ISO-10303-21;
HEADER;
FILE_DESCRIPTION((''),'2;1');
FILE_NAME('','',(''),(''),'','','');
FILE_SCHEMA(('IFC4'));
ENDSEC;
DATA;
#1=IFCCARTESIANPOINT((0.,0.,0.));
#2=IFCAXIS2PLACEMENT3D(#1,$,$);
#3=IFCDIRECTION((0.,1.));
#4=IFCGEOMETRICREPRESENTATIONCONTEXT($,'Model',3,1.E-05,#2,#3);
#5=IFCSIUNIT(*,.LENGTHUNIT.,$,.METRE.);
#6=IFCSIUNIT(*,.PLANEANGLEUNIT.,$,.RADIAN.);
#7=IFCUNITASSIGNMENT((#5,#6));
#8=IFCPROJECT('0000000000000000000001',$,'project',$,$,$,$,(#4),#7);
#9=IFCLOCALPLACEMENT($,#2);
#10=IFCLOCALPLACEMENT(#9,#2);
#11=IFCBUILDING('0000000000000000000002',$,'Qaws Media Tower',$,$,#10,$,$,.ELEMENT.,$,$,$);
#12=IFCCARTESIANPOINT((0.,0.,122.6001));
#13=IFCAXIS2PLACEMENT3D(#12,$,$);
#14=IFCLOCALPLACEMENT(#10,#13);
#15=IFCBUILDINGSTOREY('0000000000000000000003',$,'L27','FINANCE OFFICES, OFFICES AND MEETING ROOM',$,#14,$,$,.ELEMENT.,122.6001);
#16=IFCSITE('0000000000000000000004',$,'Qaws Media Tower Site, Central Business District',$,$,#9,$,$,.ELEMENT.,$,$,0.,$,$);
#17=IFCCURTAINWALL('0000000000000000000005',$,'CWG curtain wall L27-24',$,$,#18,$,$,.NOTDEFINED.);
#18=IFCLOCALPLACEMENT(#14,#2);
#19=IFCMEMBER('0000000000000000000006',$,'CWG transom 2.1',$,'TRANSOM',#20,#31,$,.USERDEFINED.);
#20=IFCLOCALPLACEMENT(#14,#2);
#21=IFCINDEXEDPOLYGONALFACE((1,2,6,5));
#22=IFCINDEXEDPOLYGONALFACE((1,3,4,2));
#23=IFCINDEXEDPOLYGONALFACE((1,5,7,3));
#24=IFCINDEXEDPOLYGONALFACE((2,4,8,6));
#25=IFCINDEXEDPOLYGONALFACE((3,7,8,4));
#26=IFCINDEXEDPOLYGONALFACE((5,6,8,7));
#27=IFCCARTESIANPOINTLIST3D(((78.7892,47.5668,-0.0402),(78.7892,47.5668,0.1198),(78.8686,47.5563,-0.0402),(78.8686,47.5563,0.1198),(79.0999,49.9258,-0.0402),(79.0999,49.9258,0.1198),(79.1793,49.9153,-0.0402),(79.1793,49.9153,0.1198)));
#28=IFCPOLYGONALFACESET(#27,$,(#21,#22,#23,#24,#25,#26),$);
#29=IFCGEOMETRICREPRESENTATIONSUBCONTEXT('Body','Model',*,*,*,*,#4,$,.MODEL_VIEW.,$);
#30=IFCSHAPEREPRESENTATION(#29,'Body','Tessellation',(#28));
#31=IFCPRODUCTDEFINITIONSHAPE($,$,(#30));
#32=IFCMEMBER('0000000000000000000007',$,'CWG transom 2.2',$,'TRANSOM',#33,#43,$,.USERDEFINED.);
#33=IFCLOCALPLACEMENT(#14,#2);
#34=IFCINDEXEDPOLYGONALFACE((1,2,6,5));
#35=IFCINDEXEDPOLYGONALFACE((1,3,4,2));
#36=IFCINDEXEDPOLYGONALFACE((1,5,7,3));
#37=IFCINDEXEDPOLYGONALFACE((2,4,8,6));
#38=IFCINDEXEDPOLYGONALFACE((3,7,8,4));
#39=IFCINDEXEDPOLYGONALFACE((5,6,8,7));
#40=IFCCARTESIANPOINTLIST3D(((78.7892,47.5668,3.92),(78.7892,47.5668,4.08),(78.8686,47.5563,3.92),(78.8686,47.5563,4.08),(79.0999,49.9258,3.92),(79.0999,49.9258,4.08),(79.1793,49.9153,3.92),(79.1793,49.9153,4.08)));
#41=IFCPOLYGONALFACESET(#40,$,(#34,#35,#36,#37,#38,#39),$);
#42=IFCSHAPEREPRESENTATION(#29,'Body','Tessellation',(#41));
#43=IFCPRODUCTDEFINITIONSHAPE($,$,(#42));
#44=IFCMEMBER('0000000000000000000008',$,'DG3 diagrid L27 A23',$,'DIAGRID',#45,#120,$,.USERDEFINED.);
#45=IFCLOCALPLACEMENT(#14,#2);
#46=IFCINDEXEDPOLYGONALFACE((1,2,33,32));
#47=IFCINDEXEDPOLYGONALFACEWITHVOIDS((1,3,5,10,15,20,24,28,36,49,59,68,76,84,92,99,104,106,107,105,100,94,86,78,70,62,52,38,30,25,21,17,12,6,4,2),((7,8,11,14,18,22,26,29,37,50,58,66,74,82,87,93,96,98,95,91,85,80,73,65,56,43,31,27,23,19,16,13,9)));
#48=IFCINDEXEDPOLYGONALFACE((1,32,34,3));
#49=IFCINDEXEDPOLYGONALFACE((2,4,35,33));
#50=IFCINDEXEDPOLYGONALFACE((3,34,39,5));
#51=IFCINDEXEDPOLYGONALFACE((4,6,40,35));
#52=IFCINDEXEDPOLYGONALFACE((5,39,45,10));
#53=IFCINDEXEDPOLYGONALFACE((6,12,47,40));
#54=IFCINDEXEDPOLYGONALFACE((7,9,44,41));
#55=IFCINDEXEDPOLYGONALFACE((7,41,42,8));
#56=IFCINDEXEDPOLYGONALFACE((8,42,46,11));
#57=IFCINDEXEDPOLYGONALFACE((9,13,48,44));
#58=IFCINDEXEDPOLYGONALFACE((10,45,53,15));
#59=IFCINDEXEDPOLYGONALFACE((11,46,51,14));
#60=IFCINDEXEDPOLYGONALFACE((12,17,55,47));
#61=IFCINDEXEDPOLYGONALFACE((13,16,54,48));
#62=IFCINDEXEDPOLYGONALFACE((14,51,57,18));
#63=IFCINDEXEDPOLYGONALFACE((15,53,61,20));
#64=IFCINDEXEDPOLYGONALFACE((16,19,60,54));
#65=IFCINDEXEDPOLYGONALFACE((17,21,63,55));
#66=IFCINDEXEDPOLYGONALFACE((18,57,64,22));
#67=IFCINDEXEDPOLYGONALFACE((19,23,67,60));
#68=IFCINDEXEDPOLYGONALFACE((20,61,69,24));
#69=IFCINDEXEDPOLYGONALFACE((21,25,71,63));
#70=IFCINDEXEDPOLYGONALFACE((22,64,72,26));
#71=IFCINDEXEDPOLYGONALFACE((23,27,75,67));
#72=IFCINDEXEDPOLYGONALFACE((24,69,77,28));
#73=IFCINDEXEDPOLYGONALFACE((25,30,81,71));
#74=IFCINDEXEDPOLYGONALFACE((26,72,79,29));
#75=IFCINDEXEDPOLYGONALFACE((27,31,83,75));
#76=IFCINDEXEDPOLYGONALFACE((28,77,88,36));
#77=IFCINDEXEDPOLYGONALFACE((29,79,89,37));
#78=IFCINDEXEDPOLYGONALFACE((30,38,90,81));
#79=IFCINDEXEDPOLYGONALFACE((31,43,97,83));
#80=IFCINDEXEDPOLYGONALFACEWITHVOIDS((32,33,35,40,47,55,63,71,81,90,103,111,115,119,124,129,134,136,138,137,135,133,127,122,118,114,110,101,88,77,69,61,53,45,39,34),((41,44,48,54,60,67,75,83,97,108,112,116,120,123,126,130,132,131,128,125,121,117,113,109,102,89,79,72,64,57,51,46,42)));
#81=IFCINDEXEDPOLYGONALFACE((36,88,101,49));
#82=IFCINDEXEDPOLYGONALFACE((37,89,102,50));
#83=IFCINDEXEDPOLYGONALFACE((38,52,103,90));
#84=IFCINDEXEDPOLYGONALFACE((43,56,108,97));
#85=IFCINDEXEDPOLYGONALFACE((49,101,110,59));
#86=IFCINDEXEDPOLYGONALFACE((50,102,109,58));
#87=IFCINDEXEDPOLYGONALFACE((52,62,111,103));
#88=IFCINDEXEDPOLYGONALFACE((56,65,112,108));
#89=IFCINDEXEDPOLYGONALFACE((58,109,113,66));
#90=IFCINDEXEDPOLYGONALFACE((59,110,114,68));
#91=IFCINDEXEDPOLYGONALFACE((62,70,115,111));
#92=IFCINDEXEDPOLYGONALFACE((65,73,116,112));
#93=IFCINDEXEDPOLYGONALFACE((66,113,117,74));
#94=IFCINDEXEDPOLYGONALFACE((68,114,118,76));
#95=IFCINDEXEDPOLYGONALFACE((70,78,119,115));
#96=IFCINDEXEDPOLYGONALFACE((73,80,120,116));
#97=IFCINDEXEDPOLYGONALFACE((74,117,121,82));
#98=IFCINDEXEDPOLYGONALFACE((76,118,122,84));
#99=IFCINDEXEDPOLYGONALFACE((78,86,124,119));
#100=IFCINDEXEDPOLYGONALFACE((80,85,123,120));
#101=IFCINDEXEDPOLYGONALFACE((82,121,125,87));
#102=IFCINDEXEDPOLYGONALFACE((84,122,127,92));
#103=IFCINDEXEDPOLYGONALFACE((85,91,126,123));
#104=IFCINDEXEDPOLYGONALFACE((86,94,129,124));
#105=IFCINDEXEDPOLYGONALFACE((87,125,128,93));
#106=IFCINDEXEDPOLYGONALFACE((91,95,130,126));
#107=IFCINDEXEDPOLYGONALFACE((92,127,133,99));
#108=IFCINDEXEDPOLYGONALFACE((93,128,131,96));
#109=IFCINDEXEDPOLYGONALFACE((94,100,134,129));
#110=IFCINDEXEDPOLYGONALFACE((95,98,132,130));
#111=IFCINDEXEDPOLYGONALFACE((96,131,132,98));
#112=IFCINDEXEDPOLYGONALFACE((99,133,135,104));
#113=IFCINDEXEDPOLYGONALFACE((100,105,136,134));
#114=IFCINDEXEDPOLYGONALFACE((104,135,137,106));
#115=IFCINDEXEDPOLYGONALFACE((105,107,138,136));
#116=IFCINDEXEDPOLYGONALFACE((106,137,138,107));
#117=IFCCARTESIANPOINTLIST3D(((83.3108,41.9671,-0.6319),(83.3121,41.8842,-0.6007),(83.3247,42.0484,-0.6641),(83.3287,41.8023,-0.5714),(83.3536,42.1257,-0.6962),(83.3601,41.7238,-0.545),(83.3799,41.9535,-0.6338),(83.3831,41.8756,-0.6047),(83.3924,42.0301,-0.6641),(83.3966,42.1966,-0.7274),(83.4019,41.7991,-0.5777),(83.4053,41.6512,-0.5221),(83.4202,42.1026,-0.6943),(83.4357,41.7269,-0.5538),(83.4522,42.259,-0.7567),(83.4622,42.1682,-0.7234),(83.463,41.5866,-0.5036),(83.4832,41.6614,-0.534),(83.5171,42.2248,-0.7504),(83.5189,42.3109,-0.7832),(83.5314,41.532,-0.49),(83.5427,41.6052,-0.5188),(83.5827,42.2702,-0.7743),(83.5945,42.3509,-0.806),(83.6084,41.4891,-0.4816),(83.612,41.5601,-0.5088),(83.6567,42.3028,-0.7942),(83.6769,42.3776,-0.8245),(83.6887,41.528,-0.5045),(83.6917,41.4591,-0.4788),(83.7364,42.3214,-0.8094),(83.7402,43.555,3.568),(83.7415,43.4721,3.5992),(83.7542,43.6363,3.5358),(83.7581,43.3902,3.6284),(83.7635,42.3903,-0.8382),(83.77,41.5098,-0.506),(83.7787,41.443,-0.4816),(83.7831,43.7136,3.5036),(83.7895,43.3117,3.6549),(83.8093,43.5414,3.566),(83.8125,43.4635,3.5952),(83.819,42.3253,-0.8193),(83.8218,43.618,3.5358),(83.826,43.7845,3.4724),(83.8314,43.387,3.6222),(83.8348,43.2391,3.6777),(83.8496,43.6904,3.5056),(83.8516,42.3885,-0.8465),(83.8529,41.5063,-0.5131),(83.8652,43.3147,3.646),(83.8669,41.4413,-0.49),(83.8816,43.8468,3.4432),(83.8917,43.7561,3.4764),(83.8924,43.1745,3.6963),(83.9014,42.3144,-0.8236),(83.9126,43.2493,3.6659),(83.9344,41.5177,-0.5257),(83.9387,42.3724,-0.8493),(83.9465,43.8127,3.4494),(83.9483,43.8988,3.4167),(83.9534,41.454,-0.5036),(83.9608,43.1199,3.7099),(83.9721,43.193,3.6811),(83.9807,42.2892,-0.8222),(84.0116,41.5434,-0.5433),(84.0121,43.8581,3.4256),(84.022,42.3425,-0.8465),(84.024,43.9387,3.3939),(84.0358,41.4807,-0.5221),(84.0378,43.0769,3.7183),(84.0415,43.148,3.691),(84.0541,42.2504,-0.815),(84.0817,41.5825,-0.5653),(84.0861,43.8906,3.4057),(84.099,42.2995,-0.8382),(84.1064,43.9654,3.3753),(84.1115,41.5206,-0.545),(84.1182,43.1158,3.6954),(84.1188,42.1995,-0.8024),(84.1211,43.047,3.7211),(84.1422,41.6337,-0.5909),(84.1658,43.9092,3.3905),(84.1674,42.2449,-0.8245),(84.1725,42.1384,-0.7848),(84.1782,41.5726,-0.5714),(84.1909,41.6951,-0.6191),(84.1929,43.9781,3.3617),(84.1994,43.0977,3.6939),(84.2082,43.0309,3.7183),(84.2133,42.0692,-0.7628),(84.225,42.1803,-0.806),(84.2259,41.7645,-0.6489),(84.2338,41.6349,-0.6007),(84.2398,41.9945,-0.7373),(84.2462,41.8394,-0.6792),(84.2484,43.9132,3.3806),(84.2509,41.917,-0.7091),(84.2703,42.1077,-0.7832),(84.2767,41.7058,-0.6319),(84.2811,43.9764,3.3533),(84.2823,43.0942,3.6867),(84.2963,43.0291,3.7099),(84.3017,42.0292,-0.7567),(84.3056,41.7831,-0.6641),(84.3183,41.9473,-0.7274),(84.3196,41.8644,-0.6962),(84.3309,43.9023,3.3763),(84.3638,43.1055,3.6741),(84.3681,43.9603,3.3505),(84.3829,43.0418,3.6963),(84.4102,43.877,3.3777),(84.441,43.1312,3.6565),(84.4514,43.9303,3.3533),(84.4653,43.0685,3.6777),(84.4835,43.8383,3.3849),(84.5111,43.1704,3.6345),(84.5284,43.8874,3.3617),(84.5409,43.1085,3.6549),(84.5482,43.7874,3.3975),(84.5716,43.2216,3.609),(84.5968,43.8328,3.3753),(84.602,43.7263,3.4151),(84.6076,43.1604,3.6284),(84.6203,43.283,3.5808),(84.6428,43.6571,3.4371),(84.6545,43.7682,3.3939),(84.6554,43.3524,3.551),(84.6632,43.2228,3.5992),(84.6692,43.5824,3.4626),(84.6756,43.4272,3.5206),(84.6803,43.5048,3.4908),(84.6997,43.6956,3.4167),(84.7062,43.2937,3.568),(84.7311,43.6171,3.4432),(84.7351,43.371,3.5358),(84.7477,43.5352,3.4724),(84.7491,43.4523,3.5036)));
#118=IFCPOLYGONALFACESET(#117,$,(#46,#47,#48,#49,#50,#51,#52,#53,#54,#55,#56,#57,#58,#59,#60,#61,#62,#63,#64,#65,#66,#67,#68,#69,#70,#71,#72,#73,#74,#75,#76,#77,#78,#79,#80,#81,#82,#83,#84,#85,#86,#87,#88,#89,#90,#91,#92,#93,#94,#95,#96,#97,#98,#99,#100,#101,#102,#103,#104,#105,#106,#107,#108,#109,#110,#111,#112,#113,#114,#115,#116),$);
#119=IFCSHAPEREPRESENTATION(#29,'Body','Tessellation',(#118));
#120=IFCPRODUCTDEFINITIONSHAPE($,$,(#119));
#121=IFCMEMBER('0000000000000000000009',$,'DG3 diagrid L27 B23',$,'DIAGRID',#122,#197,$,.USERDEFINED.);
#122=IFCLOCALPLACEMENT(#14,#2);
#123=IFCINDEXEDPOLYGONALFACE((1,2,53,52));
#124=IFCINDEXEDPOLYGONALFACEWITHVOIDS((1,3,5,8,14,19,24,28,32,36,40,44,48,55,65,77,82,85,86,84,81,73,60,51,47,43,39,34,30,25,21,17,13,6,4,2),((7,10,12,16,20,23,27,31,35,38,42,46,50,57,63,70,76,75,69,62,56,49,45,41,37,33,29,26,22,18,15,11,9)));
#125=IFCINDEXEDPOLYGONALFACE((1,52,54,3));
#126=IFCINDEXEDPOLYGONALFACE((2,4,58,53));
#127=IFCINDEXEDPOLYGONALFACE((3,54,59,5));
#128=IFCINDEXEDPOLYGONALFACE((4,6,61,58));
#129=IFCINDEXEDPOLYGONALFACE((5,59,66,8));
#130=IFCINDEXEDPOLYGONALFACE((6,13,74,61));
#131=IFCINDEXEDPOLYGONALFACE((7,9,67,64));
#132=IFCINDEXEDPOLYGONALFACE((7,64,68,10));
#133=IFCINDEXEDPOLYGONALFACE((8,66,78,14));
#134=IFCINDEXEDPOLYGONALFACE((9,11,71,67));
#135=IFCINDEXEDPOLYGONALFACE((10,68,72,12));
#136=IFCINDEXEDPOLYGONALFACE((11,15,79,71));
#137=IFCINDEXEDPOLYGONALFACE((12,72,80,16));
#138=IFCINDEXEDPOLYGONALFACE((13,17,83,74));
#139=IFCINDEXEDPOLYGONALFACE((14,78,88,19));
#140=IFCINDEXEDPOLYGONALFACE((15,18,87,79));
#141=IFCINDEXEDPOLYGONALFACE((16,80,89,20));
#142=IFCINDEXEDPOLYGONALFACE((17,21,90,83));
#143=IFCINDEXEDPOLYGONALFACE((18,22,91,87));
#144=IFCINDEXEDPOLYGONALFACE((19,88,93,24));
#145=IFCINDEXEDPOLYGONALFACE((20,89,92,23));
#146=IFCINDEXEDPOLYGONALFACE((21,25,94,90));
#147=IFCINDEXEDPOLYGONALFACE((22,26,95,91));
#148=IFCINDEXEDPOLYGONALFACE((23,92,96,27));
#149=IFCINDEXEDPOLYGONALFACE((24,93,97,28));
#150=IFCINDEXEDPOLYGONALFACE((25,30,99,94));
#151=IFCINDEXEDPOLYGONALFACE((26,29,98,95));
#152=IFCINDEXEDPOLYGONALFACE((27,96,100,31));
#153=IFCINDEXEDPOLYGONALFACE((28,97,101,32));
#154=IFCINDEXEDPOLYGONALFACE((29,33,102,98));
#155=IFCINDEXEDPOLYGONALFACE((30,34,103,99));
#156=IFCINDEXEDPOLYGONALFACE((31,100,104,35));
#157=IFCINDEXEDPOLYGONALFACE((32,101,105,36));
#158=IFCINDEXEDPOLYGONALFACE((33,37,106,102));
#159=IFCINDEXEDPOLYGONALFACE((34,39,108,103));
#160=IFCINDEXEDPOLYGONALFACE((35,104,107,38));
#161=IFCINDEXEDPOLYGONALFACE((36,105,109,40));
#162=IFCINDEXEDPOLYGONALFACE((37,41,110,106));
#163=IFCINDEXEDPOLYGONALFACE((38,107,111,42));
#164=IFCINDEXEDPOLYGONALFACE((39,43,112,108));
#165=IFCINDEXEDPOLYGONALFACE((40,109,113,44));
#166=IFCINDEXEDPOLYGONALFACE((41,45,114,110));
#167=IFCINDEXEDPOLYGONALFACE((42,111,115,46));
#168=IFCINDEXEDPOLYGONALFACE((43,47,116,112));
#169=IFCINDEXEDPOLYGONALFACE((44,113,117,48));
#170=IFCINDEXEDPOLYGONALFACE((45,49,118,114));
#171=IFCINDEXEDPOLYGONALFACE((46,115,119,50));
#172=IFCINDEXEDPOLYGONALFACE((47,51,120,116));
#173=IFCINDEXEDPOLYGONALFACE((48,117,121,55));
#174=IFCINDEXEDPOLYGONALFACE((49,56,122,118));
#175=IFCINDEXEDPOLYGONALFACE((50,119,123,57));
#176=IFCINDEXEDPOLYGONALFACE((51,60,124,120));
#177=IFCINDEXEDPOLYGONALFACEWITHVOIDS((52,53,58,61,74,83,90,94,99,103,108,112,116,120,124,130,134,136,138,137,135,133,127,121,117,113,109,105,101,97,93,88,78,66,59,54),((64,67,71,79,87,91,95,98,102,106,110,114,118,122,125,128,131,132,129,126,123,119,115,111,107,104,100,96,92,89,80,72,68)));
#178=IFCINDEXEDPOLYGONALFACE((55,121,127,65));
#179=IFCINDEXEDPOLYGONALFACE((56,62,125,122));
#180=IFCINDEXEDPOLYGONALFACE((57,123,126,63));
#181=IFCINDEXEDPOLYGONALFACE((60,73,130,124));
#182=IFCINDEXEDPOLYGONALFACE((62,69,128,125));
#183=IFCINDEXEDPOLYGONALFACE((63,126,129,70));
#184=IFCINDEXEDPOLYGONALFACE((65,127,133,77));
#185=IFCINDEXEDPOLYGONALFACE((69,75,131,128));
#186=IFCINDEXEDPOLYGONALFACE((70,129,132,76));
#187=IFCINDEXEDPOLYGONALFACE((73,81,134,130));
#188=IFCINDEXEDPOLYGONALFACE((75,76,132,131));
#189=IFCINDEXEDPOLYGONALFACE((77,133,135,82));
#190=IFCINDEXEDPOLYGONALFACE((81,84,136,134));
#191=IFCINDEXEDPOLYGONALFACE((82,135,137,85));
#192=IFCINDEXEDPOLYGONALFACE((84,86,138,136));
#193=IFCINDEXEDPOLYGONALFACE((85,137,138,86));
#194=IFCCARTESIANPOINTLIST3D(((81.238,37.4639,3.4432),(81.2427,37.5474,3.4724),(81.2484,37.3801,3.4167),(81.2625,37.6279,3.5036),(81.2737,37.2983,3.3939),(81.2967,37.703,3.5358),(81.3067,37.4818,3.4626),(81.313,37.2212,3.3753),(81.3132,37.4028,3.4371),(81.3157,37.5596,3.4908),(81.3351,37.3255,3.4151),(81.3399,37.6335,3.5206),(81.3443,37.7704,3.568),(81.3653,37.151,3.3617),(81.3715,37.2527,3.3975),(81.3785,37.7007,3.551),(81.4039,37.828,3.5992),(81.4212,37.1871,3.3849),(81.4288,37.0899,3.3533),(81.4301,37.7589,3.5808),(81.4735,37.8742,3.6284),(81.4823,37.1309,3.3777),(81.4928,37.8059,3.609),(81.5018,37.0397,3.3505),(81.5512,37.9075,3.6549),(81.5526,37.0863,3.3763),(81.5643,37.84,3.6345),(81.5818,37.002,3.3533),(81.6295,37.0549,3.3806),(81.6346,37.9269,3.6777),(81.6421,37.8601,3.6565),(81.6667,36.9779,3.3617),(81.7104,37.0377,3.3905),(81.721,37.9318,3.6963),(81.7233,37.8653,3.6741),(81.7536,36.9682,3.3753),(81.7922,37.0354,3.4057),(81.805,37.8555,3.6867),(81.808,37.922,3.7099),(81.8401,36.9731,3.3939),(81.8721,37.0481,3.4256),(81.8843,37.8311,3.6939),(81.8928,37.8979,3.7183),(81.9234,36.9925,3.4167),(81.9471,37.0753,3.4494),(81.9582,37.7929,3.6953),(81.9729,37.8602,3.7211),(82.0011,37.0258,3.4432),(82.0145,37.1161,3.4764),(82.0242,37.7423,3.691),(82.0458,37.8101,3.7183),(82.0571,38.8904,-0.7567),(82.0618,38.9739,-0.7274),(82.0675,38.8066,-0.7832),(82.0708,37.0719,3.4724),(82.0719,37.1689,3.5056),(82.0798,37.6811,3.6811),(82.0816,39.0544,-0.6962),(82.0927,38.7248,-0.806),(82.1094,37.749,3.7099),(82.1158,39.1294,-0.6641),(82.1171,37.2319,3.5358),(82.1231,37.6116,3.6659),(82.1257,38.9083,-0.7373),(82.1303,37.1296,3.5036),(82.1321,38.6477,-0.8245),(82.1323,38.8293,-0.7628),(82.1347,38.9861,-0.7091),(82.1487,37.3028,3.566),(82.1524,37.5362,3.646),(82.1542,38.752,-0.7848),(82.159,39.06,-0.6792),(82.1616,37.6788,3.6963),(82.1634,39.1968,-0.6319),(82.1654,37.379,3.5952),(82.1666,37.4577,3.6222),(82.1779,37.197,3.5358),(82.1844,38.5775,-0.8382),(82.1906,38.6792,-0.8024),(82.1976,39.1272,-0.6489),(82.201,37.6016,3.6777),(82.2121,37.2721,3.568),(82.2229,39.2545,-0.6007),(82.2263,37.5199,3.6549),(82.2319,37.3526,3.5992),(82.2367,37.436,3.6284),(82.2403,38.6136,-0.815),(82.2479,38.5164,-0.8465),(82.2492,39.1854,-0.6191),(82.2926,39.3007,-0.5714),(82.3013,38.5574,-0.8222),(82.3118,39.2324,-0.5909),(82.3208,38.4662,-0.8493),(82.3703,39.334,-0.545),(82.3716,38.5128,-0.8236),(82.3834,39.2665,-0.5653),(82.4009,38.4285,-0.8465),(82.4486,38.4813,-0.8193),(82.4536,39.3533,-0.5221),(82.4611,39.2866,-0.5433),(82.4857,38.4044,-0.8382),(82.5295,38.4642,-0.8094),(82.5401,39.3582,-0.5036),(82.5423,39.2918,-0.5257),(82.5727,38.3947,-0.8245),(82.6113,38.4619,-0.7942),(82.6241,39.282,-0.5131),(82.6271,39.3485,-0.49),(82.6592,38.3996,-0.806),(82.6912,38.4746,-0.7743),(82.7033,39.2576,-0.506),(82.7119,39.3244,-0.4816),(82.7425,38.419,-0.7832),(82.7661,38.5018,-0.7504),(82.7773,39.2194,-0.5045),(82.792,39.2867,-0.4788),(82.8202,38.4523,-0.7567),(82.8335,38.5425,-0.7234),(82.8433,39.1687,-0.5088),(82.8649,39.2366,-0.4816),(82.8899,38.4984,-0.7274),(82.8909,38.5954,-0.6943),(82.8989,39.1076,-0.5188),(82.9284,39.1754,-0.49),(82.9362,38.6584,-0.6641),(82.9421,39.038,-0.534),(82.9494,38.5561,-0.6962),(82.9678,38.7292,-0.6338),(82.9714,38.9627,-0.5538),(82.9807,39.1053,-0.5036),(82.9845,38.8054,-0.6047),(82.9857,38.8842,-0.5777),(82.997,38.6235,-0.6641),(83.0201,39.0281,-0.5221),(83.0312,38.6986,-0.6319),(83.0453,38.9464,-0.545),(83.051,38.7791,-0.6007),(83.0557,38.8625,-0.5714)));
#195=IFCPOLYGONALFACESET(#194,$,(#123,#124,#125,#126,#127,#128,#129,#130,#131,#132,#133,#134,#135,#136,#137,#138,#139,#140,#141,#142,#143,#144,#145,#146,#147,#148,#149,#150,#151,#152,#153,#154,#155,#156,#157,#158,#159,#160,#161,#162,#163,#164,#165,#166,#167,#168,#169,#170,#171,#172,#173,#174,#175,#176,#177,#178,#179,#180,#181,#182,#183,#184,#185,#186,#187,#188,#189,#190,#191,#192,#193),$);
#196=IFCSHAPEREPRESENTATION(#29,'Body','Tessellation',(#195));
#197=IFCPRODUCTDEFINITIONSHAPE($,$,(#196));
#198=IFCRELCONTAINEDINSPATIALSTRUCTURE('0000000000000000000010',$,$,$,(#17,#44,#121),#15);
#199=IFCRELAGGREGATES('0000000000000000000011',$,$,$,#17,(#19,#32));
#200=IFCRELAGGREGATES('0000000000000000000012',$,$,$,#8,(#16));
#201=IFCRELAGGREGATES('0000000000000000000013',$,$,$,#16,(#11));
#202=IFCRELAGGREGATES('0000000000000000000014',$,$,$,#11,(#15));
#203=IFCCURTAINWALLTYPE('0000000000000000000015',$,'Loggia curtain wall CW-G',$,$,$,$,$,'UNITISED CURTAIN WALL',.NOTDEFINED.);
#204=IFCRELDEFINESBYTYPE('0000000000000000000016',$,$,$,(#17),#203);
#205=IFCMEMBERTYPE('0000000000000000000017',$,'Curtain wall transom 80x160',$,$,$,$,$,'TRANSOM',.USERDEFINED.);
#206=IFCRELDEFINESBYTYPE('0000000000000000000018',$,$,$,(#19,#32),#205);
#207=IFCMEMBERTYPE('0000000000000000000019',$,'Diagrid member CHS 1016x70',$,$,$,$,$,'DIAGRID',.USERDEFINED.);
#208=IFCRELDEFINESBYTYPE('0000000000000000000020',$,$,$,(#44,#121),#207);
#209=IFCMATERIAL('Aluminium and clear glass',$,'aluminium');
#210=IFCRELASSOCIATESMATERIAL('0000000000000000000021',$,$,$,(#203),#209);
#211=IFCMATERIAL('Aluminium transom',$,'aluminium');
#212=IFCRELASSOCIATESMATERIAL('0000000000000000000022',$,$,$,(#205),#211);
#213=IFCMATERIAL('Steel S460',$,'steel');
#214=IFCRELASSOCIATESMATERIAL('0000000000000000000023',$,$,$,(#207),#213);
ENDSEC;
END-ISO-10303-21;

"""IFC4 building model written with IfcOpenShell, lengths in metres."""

from ifc_helpers import new_model, si_unit, direction, frame, origin, origin_2d, place, context, subcontext, project, spatial, rectangle, hollow_circle, extrude, material, material_profile, profile_set, type_object, element, aggregate, save


model = new_model("IFC4")

# Units and contexts
model_context = context("Model", 3, precision=1e-05, world=origin(), true_north=direction((0.0, 1.0)))
body_context = subcontext(model_context, "Body", "Model", "MODEL_VIEW")
ifc_project = project(units=[si_unit("LENGTHUNIT", "METRE"), si_unit("PLANEANGLEUNIT", "RADIAN")], contexts=[model_context])

# Site, building, storey
site_placement = place(None, origin())
site = spatial("IfcSite", under=ifc_project, at=site_placement, Name="Qaws Media Tower Site, Central Business District", CompositionType="ELEMENT", RefElevation=0.0)
building_placement = place(site_placement, origin())
building = spatial("IfcBuilding", under=site, at=building_placement, Name="Qaws Media Tower", CompositionType="ELEMENT")
storey_placement = place(building_placement, frame((0.0, 0.0, 122.6001)))
storey = spatial("IfcBuildingStorey", under=building, at=storey_placement, Name="L27", Description="FINANCE OFFICES, OFFICES AND MEETING ROOM", CompositionType="ELEMENT", Elevation=122.6001)

# Curtain wall
ifc_material_1 = material(Name="Aluminium and clear glass", Category="aluminium")
curtain_wall_type = type_object("IfcCurtainWallType", Name="Loggia curtain wall CW-G", ElementType="UNITISED CURTAIN WALL", PredefinedType="NOTDEFINED", material=ifc_material_1)
curtain_wall_1_placement = place(storey_placement, origin())
curtain_wall_1 = element("IfcCurtainWall", 1, at=curtain_wall_1_placement, inside=storey, type_object=curtain_wall_type, Name="CWG curtain wall L27-24", PredefinedType="NOTDEFINED")

# Members
ifc_material_2 = material(Name="Aluminium transom", Category="aluminium")
ifc_material_profile_1 = material_profile(ifc_material_2, rectangle(XDim=0.0801, YDim=0.1599, at=origin_2d()), Name="80x160")
ifc_profile_set_1 = profile_set([ifc_material_profile_1], Name="Aluminium transom")
member_type_1 = type_object("IfcMemberType", Name="Curtain wall transom 80x160", ElementType="TRANSOM", PredefinedType="USERDEFINED", material=ifc_profile_set_1)
member_1_placement = place(storey_placement, frame((78.8289, 47.5615, 0.0398), z_axis=(0.130611, 0.991434, 0.0), x_axis=(-0.991434, 0.130611, 0.0)))
member_1 = element("IfcMember", 2, at=member_1_placement, type_object=member_type_1, Name="CWG transom 2.1", ObjectType="TRANSOM", PredefinedType="USERDEFINED", context=body_context, shape_type="SweptSolid", body=[
    extrude(rectangle(XDim=0.0801, YDim=0.1599, at=origin_2d()), origin(), (0.0, 0.0, 1.0), 2.3794),
])
member_2_placement = place(storey_placement, frame((78.8289, 47.5615, 4.0), z_axis=(0.130611, 0.991434, 0.0), x_axis=(-0.991434, 0.130611, 0.0)))
member_2 = element("IfcMember", 3, at=member_2_placement, type_object=member_type_1, Name="CWG transom 2.2", ObjectType="TRANSOM", PredefinedType="USERDEFINED", context=body_context, shape_type="SweptSolid", body=[
    extrude(rectangle(XDim=0.0801, YDim=0.1599, at=origin_2d()), origin(), (0.0, 0.0, 1.0), 2.3794),
])

# Members
ifc_material_3 = material(Name="Steel S460", Category="steel")
ifc_material_profile_2 = material_profile(ifc_material_3, hollow_circle(Radius=0.5081, WallThickness=0.0701, at=origin_2d()), Name="CHS 1016x70")
ifc_profile_set_2 = profile_set([ifc_material_profile_2], Name="Steel S460")
member_type_2 = type_object("IfcMemberType", Name="Diagrid member CHS 1016x70", ElementType="DIAGRID", PredefinedType="USERDEFINED", material=ifc_profile_set_2)
for number, where, z_axis, x_axis, name in (
    (4, (83.8152, 41.9158, -0.6641), (0.095208, 0.352036, 0.931132), (-0.96532, 0.26107, 0.0), "DG3 diagrid L27 A23"),
    (5, (82.5564, 38.8765, -0.6641), (-0.181593, -0.316259, 0.931131), (0.867209, -0.497944, 0.0), "DG3 diagrid L27 B23"),
):
    element("IfcMember", number, at=place(storey_placement, frame(where, z_axis=z_axis, x_axis=x_axis)), inside=storey, type_object=member_type_2, Name=name, ObjectType="DIAGRID", PredefinedType="USERDEFINED", context=body_context, shape_type="SweptSolid", body=[
        extrude(hollow_circle(Radius=0.5081, WallThickness=0.0701, at=origin_2d()), origin(), (0.0, 0.0, 1.0), 4.5105),
    ])

aggregate(curtain_wall_1, [member_1, member_2])

save(model, "model.ifc")
